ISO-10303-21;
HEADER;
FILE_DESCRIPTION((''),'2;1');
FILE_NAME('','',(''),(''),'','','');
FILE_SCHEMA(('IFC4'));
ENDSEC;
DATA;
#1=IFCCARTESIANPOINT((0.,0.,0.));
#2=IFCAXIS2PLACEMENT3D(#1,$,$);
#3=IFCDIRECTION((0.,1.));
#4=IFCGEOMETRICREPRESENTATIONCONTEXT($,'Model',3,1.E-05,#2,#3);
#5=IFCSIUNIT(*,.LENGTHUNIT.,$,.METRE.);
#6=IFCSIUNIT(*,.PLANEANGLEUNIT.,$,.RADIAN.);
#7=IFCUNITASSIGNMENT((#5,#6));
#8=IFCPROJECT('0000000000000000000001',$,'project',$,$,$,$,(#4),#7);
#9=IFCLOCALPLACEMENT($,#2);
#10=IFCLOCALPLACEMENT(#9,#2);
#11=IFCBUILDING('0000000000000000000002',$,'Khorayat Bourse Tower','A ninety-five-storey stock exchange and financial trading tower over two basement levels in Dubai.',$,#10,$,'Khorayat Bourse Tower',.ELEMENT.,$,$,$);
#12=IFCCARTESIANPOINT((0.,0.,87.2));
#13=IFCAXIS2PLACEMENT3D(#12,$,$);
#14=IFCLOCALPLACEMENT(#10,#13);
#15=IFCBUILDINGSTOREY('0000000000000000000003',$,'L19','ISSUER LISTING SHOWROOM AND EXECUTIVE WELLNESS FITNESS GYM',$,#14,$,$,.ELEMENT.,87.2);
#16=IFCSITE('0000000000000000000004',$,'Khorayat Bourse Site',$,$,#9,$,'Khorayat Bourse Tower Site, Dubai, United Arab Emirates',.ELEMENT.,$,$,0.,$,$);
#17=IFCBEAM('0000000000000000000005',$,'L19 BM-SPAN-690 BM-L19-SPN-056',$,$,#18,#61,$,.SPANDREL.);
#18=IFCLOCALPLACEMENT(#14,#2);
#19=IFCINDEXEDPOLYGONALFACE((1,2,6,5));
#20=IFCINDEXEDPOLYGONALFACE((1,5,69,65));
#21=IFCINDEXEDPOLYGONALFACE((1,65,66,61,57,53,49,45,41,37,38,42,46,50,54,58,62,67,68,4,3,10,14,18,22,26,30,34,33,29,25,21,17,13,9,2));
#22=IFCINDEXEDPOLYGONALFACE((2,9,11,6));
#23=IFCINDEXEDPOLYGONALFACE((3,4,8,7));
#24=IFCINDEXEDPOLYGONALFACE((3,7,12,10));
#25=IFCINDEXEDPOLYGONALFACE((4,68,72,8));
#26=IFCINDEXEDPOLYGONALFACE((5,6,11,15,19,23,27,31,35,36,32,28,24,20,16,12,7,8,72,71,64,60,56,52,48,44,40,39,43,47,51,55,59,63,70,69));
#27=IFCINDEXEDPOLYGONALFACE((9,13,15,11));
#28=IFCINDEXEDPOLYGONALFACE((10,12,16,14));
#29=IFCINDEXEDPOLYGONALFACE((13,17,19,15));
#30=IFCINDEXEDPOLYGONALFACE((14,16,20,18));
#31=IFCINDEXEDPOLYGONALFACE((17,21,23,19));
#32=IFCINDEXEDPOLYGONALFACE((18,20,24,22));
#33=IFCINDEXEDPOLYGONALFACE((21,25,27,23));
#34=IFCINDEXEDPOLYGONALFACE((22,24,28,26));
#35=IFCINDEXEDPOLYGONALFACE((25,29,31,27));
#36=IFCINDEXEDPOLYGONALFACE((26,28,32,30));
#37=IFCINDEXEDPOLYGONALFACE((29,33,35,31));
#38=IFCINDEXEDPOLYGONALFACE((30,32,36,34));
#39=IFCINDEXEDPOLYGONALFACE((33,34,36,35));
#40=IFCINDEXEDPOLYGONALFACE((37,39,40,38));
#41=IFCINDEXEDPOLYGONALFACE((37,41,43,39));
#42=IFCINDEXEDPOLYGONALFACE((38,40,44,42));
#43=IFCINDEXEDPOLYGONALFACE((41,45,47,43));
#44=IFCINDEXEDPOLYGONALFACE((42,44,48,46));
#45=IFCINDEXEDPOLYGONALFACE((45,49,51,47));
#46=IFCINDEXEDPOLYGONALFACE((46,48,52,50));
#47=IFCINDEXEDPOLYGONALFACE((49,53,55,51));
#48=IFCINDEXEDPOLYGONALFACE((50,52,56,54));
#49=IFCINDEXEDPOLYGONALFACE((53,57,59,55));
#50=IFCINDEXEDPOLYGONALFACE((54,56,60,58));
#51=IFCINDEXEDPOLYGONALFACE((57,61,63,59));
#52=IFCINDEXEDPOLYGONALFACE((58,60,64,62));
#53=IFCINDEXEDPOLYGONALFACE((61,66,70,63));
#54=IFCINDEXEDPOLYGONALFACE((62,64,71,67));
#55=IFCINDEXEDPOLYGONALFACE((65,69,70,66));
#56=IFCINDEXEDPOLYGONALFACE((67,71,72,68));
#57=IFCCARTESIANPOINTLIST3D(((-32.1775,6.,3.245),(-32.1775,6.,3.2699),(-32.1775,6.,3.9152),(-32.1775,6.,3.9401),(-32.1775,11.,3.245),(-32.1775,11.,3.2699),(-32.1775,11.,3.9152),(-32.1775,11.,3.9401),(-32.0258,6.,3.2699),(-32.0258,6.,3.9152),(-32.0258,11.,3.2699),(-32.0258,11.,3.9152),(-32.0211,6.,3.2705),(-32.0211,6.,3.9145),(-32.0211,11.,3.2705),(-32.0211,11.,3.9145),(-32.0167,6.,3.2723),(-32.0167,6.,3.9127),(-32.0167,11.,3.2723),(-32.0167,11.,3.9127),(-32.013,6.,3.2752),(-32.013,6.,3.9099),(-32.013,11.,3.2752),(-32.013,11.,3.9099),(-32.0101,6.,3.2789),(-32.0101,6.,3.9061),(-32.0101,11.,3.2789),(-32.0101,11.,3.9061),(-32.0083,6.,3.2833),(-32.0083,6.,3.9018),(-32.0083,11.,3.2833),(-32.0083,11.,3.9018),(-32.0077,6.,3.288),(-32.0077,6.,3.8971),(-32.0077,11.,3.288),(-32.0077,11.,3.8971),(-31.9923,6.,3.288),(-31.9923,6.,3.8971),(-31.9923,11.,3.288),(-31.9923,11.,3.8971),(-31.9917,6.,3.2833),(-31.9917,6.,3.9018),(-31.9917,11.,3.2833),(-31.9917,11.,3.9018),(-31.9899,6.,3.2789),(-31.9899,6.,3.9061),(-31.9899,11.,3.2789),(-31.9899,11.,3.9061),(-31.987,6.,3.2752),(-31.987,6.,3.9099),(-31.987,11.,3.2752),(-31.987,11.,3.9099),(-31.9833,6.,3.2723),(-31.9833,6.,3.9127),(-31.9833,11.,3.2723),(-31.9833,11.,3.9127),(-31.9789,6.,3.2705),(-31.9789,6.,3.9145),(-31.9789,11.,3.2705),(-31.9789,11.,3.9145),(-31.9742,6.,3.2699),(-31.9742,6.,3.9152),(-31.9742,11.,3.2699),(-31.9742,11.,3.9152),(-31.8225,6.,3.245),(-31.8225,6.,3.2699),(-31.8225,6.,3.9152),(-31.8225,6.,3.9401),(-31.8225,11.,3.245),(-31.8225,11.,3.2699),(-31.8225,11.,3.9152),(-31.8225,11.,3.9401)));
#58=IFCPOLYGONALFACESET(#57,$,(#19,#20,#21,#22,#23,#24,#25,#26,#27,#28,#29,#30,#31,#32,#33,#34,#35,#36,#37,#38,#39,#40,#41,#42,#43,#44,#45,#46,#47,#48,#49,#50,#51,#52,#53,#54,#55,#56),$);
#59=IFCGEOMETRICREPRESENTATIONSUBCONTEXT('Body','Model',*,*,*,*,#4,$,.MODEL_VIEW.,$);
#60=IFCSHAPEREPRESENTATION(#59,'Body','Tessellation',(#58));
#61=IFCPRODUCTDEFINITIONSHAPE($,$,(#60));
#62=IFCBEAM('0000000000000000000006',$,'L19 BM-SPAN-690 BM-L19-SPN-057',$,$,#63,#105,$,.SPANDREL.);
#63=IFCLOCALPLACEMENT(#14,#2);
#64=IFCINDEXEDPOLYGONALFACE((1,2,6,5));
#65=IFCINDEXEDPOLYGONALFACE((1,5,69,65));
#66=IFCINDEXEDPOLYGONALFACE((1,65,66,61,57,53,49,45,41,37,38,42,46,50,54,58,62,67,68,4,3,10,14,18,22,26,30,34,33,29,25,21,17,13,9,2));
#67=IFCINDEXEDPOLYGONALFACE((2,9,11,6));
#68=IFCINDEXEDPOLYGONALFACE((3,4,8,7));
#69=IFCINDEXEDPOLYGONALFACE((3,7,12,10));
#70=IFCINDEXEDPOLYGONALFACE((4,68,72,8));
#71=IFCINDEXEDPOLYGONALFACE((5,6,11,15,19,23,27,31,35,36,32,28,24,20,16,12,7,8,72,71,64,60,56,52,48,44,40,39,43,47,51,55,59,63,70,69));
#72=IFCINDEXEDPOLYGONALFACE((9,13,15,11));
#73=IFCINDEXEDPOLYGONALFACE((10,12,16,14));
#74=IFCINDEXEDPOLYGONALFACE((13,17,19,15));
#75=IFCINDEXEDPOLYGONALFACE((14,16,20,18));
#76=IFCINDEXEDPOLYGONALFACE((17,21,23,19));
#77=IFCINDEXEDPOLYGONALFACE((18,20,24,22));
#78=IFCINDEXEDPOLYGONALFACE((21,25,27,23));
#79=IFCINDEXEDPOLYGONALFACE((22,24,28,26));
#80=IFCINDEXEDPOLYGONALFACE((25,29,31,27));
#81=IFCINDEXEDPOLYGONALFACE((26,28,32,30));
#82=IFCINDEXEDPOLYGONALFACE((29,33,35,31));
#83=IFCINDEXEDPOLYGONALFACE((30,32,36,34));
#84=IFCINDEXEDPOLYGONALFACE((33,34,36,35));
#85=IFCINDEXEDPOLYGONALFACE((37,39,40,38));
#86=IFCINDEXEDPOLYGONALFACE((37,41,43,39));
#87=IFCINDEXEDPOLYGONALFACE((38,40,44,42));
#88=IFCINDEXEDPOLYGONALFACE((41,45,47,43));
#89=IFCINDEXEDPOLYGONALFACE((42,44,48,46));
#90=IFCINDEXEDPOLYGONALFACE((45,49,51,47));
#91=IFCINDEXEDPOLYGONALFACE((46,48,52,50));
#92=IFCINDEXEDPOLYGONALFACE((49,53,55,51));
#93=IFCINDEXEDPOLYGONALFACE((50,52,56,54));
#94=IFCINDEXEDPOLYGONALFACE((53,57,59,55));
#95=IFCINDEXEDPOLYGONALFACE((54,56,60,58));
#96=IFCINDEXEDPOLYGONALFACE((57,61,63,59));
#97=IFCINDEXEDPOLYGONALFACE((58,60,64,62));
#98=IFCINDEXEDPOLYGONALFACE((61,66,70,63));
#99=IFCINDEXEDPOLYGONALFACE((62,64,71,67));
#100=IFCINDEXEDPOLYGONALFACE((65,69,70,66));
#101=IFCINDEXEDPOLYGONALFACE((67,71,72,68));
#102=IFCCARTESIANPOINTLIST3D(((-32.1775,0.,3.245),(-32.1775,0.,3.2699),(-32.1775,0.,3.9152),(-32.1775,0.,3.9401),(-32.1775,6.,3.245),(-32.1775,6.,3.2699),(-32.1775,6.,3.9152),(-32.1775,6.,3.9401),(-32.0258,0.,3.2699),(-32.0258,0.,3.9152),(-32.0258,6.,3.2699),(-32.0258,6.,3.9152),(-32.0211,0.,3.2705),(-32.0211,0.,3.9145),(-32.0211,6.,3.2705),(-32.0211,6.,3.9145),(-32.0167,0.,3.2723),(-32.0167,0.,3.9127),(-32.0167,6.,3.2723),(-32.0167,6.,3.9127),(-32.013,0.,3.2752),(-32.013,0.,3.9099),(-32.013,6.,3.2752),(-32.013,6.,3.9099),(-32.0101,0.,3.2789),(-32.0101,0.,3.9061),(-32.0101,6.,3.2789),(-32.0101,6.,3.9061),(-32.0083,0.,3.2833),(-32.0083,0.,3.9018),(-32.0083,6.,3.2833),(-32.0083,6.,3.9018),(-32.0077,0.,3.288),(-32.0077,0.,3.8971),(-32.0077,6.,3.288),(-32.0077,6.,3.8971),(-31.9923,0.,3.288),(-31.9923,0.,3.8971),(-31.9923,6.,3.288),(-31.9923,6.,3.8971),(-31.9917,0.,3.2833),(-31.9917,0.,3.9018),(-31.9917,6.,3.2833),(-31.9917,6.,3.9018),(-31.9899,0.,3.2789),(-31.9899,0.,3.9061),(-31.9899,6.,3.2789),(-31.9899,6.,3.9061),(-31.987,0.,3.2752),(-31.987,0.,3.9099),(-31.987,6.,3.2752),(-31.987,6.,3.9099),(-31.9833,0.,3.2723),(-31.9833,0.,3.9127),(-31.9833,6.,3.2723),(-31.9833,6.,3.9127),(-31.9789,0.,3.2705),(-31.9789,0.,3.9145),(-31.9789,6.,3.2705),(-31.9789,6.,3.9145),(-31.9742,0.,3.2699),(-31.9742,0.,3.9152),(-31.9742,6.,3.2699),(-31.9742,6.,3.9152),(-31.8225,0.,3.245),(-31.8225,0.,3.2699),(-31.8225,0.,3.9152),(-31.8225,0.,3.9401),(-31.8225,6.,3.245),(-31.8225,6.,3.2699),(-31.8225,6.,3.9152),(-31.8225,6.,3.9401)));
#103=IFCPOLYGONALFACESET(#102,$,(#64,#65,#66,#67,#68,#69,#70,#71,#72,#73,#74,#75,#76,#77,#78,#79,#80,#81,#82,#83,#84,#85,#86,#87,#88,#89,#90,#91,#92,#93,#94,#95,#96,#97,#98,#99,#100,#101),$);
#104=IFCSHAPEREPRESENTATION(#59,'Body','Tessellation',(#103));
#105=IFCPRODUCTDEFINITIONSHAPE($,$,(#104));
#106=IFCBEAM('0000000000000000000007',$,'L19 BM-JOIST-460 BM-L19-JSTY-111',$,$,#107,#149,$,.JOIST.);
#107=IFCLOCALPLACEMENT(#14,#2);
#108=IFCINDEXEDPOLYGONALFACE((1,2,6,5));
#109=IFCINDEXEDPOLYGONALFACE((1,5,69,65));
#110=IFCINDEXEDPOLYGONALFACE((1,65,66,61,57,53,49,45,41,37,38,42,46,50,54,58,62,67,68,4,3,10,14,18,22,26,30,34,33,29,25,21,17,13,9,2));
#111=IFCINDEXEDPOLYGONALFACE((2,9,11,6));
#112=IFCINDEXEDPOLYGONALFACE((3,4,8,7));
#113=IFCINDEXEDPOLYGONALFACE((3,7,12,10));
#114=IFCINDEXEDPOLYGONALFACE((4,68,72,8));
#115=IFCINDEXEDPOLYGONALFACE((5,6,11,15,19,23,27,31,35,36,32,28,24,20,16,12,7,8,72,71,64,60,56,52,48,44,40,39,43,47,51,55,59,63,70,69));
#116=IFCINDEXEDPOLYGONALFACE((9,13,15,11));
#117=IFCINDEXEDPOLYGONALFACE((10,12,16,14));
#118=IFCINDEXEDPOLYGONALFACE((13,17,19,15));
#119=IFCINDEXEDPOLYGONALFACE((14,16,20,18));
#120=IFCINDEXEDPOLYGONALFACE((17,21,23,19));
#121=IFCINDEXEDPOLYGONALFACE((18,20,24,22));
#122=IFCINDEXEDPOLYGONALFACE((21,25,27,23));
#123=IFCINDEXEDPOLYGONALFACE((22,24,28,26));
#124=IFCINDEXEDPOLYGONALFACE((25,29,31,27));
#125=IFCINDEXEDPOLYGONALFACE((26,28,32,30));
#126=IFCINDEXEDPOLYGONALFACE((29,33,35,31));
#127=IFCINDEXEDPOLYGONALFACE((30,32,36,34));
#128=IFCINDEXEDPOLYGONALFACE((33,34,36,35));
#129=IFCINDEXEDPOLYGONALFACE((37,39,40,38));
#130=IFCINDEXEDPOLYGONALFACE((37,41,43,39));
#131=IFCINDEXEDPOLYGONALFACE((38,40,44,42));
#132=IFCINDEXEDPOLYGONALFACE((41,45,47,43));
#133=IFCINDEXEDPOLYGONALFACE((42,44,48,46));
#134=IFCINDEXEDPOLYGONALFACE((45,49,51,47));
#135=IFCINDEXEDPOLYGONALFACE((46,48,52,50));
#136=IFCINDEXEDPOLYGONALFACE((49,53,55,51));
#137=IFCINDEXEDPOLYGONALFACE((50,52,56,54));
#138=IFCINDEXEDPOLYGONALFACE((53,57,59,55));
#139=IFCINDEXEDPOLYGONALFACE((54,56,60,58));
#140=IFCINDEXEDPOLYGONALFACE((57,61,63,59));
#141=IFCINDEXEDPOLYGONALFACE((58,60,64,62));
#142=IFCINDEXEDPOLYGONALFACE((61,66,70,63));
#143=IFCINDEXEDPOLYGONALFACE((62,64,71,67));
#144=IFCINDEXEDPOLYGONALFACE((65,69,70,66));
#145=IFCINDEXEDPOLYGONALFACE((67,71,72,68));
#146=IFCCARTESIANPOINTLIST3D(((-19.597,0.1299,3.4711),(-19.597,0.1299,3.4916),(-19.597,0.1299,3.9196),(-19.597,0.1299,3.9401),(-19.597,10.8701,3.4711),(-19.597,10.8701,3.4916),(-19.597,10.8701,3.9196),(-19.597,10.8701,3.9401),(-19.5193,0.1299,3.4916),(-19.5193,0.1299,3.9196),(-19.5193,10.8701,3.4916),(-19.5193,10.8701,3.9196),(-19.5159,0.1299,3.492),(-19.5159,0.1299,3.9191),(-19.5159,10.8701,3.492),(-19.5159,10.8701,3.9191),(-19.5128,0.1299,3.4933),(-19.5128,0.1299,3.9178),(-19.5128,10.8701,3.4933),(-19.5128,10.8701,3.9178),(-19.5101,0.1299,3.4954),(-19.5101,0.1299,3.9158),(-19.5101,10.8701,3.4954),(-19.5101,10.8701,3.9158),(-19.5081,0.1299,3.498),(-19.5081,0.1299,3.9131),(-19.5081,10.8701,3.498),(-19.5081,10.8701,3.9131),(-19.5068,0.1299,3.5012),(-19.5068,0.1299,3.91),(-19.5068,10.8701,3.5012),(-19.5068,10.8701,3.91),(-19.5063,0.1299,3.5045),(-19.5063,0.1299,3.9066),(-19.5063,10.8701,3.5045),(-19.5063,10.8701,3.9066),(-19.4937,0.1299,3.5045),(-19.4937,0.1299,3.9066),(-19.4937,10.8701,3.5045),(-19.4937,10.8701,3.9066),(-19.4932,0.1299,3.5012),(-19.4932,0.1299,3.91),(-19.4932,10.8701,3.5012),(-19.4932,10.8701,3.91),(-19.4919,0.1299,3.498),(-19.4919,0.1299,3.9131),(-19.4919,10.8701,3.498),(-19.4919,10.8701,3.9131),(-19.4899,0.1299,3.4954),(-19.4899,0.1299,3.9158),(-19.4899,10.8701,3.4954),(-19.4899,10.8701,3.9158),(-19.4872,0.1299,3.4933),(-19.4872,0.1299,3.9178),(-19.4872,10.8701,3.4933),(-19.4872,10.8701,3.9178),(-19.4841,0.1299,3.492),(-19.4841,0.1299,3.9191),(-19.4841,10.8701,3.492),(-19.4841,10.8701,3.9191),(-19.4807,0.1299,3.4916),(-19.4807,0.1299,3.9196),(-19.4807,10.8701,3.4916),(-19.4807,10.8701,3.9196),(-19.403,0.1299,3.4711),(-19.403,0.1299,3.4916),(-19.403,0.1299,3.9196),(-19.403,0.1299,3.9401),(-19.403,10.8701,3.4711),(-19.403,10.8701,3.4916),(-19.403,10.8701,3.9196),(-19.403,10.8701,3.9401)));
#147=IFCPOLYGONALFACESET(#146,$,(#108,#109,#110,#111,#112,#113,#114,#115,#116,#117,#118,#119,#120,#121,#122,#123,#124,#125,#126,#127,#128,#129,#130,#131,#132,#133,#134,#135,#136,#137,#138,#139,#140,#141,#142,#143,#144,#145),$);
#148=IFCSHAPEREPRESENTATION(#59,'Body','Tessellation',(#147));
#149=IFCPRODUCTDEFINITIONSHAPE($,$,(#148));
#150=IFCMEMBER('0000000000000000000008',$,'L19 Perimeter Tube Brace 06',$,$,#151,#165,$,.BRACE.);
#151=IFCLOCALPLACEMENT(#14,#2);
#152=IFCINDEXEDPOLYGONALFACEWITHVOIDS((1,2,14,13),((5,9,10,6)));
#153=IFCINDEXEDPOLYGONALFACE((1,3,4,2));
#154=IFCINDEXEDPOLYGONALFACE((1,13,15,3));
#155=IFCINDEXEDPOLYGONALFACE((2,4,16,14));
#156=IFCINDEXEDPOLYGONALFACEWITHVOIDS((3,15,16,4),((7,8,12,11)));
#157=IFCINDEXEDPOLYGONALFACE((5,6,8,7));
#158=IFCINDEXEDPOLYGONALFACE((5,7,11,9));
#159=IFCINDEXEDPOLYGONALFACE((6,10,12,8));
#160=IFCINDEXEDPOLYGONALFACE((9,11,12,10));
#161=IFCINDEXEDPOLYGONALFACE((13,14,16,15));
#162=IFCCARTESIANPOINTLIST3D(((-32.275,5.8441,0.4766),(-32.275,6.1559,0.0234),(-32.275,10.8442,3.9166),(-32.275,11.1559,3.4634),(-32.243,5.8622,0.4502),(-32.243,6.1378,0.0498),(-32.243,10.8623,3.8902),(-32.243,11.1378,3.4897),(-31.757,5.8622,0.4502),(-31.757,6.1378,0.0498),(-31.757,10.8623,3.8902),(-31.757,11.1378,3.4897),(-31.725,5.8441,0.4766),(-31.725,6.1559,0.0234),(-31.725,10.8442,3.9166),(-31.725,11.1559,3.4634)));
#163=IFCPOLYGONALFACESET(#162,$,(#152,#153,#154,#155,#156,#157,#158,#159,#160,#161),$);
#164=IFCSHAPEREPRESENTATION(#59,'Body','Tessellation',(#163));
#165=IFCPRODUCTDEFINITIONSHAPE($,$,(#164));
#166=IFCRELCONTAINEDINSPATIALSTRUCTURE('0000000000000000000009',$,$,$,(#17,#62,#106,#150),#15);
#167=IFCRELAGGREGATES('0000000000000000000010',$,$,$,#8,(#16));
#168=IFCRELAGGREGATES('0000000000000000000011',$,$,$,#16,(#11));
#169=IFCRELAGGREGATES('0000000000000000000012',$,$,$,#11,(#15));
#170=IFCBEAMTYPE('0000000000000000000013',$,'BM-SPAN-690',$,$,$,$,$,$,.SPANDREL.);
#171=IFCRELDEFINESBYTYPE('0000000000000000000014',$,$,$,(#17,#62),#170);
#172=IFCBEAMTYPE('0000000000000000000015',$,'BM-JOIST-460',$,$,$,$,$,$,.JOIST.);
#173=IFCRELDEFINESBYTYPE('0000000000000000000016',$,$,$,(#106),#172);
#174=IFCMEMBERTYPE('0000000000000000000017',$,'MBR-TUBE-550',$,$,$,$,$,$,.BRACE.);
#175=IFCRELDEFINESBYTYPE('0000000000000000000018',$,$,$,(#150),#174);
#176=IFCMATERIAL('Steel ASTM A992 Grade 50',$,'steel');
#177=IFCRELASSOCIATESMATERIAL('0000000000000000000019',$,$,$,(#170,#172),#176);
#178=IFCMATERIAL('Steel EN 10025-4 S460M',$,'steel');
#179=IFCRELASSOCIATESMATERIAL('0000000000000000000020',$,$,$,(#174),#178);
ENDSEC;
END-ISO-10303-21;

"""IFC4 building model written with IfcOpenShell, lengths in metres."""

from ifc_helpers import new_model, si_unit, direction, frame, origin, origin_2d, place, context, subcontext, project, spatial, hollow_rectangle, i_section, extrude, source, transform, mapped, material, material_profile, profile_set, type_object, element, save


model = new_model("IFC4")

# Units and contexts
model_context = context("Model", 3, precision=1e-05, world=origin(), true_north=direction((0.0, 1.0)))
body_context = subcontext(model_context, "Body", "Model", "MODEL_VIEW")
ifc_project = project(units=[si_unit("LENGTHUNIT", "METRE"), si_unit("PLANEANGLEUNIT", "RADIAN")], contexts=[model_context])

# Site, building, storey
site_placement = place(None, origin())
site = spatial("IfcSite", under=ifc_project, at=site_placement, Name="Khorayat Bourse Site", LongName="Khorayat Bourse Tower Site, Dubai, United Arab Emirates", CompositionType="ELEMENT", RefElevation=0.0)
building_placement = place(site_placement, origin())
building = spatial("IfcBuilding", under=site, at=building_placement, Name="Khorayat Bourse Tower", Description="A ninety-five-storey stock exchange and financial trading tower over two basement levels in Dubai.", LongName="Khorayat Bourse Tower", CompositionType="ELEMENT")
storey_placement = place(building_placement, frame((0.0, 0.0, 87.2)))
storey = spatial("IfcBuildingStorey", under=building, at=storey_placement, Name="L19", Description="ISSUER LISTING SHOWROOM AND EXECUTIVE WELLNESS FITNESS GYM", CompositionType="ELEMENT", Elevation=87.2)

# Shared definitions
ifc_material_1 = material(Name="Steel EN 10025-4 S460M", Category="steel")

# Beams
ifc_material_2 = material(Name="Steel ASTM A992 Grade 50", Category="steel")
ifc_material_profile_1 = material_profile(ifc_material_2, i_section(OverallWidth=0.355, OverallDepth=0.6951, WebThickness=0.0154, FlangeThickness=0.0249, FilletRadius=0.0181, at=origin_2d()), Name="W690X217")
ifc_profile_set_1 = profile_set([ifc_material_profile_1], Name="Steel ASTM A992 Grade 50")
beam_type_1 = type_object("IfcBeamType", Name="BM-SPAN-690", PredefinedType="SPANDREL", material=ifc_profile_set_1)
shared_shape_1 = source(origin(), body_context, "Body", "SweptSolid", [
    extrude(i_section(OverallWidth=0.355, OverallDepth=0.6951, WebThickness=0.0154, FlangeThickness=0.0249, FilletRadius=0.0181, at=origin_2d()), origin(), (0.0, 0.0, 1.0), 5.0),
])
beam_1_placement = place(storey_placement, frame((-32.0, 6.0, 3.5925), z_axis=(0.0, 1.0, 0.0), x_axis=(-1.0, 0.0, 0.0)))
element("IfcBeam", 1, at=beam_1_placement, inside=storey, type_object=beam_type_1, Name="L19 BM-SPAN-690 BM-L19-SPN-056", PredefinedType="SPANDREL", context=body_context, shape_type="MappedRepresentation", body=[
    mapped(shared_shape_1, transform((0.0, 0.0, 0.0), scale=1.0)),
])
shared_shape_2 = source(origin(), body_context, "Body", "SweptSolid", [
    extrude(i_section(OverallWidth=0.355, OverallDepth=0.6951, WebThickness=0.0154, FlangeThickness=0.0249, FilletRadius=0.0181, at=origin_2d()), origin(), (0.0, 0.0, 1.0), 6.0),
])
beam_2_placement = place(storey_placement, frame((-32.0, 0.0, 3.5925), z_axis=(0.0, 1.0, 0.0), x_axis=(-1.0, 0.0, 0.0)))
element("IfcBeam", 2, at=beam_2_placement, inside=storey, type_object=beam_type_1, Name="L19 BM-SPAN-690 BM-L19-SPN-057", PredefinedType="SPANDREL", context=body_context, shape_type="MappedRepresentation", body=[
    mapped(shared_shape_2, transform((0.0, 0.0, 0.0), scale=1.0)),
])
ifc_material_profile_2 = material_profile(ifc_material_2, i_section(OverallWidth=0.1941, OverallDepth=0.469, WebThickness=0.0127, FlangeThickness=0.0205, FilletRadius=0.0129, at=origin_2d()), Name="W460X106")
ifc_profile_set_2 = profile_set([ifc_material_profile_2], Name="Steel ASTM A992 Grade 50")
beam_type_2 = type_object("IfcBeamType", Name="BM-JOIST-460", PredefinedType="JOIST", material=ifc_profile_set_2)
shared_shape_3 = source(origin(), body_context, "Body", "SweptSolid", [
    extrude(i_section(OverallWidth=0.1941, OverallDepth=0.469, WebThickness=0.0127, FlangeThickness=0.0205, FilletRadius=0.0129, at=origin_2d()), origin(), (0.0, 0.0, 1.0), 10.7402),
])
beam_3_placement = place(storey_placement, frame((-19.5, 0.1299, 3.7056), z_axis=(0.0, 1.0, 0.0), x_axis=(-1.0, 0.0, 0.0)))
element("IfcBeam", 3, at=beam_3_placement, inside=storey, type_object=beam_type_2, Name="L19 BM-JOIST-460 BM-L19-JSTY-111", PredefinedType="JOIST", context=body_context, shape_type="MappedRepresentation", body=[
    mapped(shared_shape_3, transform((0.0, 0.0, 0.0), scale=1.0)),
])

# Member
ifc_material_profile_3 = material_profile(ifc_material_1, hollow_rectangle(XDim=0.55, YDim=0.55, WallThickness=0.032, at=origin_2d()), Name="HSS 550x550x32")
ifc_profile_set_3 = profile_set([ifc_material_profile_3], Name="Steel EN 10025-4 S460M")
member_type_1 = type_object("IfcMemberType", Name="MBR-TUBE-550", PredefinedType="BRACE", material=ifc_profile_set_3)
shared_shape_4 = source(origin(), body_context, "Body", "SweptSolid", [
    extrude(hollow_rectangle(XDim=0.55, YDim=0.55, WallThickness=0.032, at=origin_2d()), origin(), (0.0, 0.0, 1.0), 6.0691),
])
member_1_placement = place(storey_placement, frame((-32.0, 6.0, 0.25), z_axis=(0.0, 0.823854, 0.566802), x_axis=(-1.0, 0.0, 0.0)))
element("IfcMember", 4, at=member_1_placement, inside=storey, type_object=member_type_1, Name="L19 Perimeter Tube Brace 06", PredefinedType="BRACE", context=body_context, shape_type="MappedRepresentation", body=[
    mapped(shared_shape_4, transform((0.0, 0.0, 0.0), scale=1.0)),
])

save(model, "model.ifc")
